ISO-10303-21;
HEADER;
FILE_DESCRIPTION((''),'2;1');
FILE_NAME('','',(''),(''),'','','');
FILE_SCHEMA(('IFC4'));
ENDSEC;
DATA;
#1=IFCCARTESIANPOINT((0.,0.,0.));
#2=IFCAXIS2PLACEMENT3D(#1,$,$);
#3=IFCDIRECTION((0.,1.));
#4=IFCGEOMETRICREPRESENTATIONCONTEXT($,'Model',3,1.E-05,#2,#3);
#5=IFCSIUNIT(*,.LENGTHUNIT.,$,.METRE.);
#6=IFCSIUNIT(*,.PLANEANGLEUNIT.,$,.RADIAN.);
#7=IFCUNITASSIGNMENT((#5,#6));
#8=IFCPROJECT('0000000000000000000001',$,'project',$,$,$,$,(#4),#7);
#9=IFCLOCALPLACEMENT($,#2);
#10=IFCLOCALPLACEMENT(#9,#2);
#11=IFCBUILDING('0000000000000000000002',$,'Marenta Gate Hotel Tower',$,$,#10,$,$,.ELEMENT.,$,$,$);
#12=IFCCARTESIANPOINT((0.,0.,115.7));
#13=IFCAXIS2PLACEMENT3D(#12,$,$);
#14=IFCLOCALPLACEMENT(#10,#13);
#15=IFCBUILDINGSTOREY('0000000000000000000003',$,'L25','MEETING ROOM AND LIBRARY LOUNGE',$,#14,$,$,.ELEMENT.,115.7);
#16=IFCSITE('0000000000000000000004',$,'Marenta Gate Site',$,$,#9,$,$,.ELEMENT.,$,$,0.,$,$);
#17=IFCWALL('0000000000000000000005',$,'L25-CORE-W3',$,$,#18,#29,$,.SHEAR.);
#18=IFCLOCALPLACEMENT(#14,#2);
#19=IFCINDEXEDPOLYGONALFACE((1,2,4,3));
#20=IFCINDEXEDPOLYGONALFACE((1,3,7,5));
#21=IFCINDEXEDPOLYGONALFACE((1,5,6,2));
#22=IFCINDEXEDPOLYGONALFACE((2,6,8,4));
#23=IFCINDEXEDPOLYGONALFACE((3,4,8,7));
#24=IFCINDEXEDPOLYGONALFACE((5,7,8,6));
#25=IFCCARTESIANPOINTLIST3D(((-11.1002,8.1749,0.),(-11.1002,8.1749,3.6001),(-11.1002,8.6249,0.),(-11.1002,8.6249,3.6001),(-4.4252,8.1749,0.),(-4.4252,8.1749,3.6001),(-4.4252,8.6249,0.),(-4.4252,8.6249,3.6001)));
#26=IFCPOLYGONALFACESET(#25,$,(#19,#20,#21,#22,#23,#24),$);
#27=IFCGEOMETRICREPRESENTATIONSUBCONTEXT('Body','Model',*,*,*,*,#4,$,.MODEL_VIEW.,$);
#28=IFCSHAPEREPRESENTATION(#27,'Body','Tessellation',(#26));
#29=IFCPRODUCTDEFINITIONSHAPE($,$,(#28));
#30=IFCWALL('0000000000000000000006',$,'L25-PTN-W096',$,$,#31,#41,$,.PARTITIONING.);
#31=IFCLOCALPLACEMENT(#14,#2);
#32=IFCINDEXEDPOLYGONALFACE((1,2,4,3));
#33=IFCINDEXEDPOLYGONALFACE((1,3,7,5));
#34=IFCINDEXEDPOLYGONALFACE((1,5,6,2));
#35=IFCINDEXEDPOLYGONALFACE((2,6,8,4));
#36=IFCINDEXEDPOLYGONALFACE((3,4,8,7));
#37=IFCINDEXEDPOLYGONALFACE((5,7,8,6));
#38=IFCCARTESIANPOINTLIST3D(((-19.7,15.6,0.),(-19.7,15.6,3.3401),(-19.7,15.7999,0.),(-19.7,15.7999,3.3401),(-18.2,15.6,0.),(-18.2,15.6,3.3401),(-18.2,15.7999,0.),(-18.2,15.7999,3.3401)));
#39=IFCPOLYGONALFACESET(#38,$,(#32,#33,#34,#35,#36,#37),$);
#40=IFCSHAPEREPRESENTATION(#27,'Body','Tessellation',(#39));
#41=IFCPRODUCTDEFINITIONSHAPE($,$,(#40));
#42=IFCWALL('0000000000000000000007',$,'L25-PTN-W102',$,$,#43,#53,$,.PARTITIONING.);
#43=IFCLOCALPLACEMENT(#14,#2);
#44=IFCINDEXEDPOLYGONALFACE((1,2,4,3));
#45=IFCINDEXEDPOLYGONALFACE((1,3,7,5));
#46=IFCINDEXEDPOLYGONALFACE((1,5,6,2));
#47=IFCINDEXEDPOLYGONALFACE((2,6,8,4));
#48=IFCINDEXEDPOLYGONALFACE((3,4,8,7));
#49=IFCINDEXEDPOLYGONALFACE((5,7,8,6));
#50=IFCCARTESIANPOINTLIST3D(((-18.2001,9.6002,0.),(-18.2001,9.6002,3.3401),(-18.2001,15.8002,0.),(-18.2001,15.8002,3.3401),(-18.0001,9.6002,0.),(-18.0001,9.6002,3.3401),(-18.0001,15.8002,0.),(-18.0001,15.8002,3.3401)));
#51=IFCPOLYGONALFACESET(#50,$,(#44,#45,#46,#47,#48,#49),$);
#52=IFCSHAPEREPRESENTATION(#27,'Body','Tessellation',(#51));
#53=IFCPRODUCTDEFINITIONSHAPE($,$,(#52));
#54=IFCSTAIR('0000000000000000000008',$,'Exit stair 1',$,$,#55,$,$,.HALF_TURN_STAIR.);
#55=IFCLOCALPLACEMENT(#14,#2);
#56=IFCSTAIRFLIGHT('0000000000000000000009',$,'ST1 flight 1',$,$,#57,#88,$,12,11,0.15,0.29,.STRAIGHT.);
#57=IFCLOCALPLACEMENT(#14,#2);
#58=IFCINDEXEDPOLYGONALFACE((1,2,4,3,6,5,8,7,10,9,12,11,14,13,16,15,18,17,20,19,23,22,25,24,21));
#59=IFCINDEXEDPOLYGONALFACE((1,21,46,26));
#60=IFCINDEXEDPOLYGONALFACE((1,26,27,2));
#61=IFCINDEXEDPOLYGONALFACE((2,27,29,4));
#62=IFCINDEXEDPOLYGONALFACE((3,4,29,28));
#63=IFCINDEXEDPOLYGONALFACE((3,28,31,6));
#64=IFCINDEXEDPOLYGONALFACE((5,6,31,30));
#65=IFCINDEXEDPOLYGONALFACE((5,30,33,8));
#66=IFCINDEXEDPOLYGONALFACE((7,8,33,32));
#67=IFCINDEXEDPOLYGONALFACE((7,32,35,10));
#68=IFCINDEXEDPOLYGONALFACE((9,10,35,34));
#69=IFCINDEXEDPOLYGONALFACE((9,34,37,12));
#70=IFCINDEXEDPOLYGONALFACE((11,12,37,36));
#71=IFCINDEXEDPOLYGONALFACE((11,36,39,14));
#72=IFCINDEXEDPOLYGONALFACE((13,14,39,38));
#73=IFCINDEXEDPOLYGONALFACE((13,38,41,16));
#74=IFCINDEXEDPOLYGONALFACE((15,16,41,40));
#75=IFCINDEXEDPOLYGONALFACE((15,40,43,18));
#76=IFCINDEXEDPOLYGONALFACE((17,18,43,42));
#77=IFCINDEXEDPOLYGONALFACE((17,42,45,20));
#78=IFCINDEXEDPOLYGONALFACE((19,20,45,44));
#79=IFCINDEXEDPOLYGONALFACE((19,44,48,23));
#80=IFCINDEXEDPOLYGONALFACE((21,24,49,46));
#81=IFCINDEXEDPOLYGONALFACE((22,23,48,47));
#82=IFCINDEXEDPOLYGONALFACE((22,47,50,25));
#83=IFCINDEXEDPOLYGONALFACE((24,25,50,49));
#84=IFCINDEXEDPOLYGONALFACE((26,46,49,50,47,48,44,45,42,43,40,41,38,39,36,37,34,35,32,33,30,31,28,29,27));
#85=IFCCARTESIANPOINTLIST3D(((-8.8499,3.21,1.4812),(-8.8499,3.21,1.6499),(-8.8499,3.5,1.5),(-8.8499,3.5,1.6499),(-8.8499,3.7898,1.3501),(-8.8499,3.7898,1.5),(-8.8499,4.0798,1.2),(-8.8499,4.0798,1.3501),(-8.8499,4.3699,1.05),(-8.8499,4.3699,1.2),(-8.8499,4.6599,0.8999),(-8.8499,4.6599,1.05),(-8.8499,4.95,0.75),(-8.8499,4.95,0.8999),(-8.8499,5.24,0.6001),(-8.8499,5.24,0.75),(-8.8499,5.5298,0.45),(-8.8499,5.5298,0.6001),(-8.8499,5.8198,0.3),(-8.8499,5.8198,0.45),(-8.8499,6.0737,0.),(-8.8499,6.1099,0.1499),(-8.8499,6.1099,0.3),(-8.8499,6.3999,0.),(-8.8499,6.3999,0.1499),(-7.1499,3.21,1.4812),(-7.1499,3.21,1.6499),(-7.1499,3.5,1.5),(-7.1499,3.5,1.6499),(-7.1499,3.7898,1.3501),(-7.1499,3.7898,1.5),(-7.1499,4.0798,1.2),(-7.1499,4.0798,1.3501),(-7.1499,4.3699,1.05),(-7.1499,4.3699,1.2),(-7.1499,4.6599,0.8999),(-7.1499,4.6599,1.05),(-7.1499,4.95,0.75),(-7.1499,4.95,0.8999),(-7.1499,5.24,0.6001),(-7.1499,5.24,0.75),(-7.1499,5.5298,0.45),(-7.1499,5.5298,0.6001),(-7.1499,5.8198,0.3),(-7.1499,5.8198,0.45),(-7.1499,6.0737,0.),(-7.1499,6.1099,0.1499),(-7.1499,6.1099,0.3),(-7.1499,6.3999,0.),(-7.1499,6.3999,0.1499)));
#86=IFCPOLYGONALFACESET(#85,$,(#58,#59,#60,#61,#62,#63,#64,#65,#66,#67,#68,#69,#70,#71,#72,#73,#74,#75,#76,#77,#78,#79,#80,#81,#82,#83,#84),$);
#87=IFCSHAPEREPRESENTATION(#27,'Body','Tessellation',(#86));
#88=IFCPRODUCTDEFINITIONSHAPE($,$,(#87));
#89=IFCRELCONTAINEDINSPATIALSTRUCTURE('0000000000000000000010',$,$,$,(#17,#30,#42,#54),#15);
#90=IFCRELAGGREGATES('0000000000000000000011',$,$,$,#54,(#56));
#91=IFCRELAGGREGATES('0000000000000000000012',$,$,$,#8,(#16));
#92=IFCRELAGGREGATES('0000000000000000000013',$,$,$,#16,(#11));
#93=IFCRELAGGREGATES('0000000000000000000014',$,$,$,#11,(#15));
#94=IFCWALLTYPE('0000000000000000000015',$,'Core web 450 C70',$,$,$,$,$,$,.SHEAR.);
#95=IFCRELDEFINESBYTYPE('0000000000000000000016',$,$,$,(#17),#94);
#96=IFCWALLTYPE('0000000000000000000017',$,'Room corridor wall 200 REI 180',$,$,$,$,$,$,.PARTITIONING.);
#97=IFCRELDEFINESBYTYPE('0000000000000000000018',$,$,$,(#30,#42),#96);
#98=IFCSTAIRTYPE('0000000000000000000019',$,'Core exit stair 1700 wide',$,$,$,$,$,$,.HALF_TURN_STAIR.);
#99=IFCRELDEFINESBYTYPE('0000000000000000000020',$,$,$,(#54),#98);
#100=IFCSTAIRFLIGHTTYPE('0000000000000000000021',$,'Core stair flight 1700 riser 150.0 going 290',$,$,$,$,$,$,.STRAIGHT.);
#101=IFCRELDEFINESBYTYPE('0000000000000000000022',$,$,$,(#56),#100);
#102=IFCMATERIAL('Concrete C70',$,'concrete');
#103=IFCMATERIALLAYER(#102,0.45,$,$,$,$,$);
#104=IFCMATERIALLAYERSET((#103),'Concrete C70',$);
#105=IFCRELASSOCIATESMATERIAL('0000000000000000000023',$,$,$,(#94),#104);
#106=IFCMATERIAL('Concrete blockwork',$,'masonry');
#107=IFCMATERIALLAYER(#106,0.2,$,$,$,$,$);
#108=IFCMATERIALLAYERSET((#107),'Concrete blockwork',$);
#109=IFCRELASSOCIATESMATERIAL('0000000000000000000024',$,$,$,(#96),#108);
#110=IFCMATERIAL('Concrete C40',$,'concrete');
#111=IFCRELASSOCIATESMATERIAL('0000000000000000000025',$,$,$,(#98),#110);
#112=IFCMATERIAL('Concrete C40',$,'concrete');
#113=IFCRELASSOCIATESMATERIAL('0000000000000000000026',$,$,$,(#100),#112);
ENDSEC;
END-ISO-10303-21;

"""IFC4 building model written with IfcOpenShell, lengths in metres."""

from ifc_helpers import new_model, si_unit, direction, frame, frame_2d, origin, place, context, subcontext, project, spatial, polyline, rectangle, outline, extrude, material, layer, layer_set, type_object, element, aggregate, save


model = new_model("IFC4")

# Units and contexts
model_context = context("Model", 3, precision=1e-05, world=origin(), true_north=direction((0.0, 1.0)))
body_context = subcontext(model_context, "Body", "Model", "MODEL_VIEW")
ifc_project = project(units=[si_unit("LENGTHUNIT", "METRE"), si_unit("PLANEANGLEUNIT", "RADIAN")], contexts=[model_context])

# Site, building, storey
site_placement = place(None, origin())
site = spatial("IfcSite", under=ifc_project, at=site_placement, Name="Marenta Gate Site", CompositionType="ELEMENT", RefElevation=0.0)
building_placement = place(site_placement, origin())
building = spatial("IfcBuilding", under=site, at=building_placement, Name="Marenta Gate Hotel Tower", CompositionType="ELEMENT")
storey_placement = place(building_placement, frame((0.0, 0.0, 115.7)))
storey = spatial("IfcBuildingStorey", under=building, at=storey_placement, Name="L25", Description="MEETING ROOM AND LIBRARY LOUNGE", CompositionType="ELEMENT", Elevation=115.7)

# Walls
ifc_material_1 = material(Name="Concrete C70", Category="concrete")
ifc_layer_1 = layer(ifc_material_1, 0.45)
ifc_layer_set_1 = layer_set([ifc_layer_1], Name="Concrete C70")
wall_type_1 = type_object("IfcWallType", Name="Core web 450 C70", PredefinedType="SHEAR", material=ifc_layer_set_1)
wall_1_placement = place(storey_placement, frame((-11.1001, 8.3999, 0.0), z_axis=(0.0, 0.0, 1.0), x_axis=(1.0, 0.0, 0.0)))
element("IfcWall", 1, at=wall_1_placement, inside=storey, type_object=wall_type_1, Name="L25-CORE-W3", PredefinedType="SHEAR", context=body_context, shape_type="SweptSolid", body=[
    extrude(rectangle(XDim=6.675, YDim=0.45, at=frame_2d((3.3374, 0.0))), origin(), (0.0, 0.0, 1.0), 3.6001),
])
ifc_material_2 = material(Name="Concrete blockwork", Category="masonry")
ifc_layer_2 = layer(ifc_material_2, 0.2)
ifc_layer_set_2 = layer_set([ifc_layer_2], Name="Concrete blockwork")
wall_type_2 = type_object("IfcWallType", Name="Room corridor wall 200 REI 180", PredefinedType="PARTITIONING", material=ifc_layer_set_2)
wall_2_placement = place(storey_placement, frame((-19.7, 15.7, 0.0), z_axis=(0.0, 0.0, 1.0), x_axis=(1.0, 0.0, 0.0)))
element("IfcWall", 2, at=wall_2_placement, inside=storey, type_object=wall_type_2, Name="L25-PTN-W096", PredefinedType="PARTITIONING", context=body_context, shape_type="SweptSolid", body=[
    extrude(rectangle(XDim=1.5, YDim=0.2, at=frame_2d((0.75, 0.0))), origin(), (0.0, 0.0, 1.0), 3.3401),
])
wall_3_placement = place(storey_placement, frame((-18.1001, 9.6001, 0.0), z_axis=(0.0, 0.0, 1.0), x_axis=(0.0, 1.0, 0.0)))
element("IfcWall", 3, at=wall_3_placement, inside=storey, type_object=wall_type_2, Name="L25-PTN-W102", PredefinedType="PARTITIONING", context=body_context, shape_type="SweptSolid", body=[
    extrude(rectangle(XDim=6.2, YDim=0.2, at=frame_2d((3.1001, 0.0))), origin(), (0.0, 0.0, 1.0), 3.3401),
])

# Stair, stair flight
ifc_material_3 = material(Name="Concrete C40", Category="concrete")
stair_type = type_object("IfcStairType", Name="Core exit stair 1700 wide", PredefinedType="HALF_TURN_STAIR", material=ifc_material_3)
stair_placement = place(storey_placement, origin())
stair = element("IfcStair", 4, at=stair_placement, inside=storey, type_object=stair_type, Name="Exit stair 1", PredefinedType="HALF_TURN_STAIR")
ifc_material_4 = material(Name="Concrete C40", Category="concrete")
stair_flight_type = type_object("IfcStairFlightType", Name="Core stair flight 1700 riser 150.0 going 290", PredefinedType="STRAIGHT", material=ifc_material_4)
stair_flight_placement = place(storey_placement, frame((-8.0, 6.3999, 0.0), z_axis=(0.0, 0.0, 1.0), x_axis=(0.0, -1.0, 0.0)))
stair_flight = element("IfcStairFlight", 5, at=stair_flight_placement, type_object=stair_flight_type, Name="ST1 flight 1", NumberOfRisers=12, NumberOfTreads=11, PredefinedType="STRAIGHT", RiserHeight=0.15, TreadLength=0.29, context=body_context, shape_type="SweptSolid", body=[
    extrude(outline(polyline([(0.0, 0.0), (0.0, 0.1499), (0.29, 0.1499), (0.29, 0.3), (0.5801, 0.3), (0.5801, 0.45), (0.8701, 0.45), (0.8701, 0.6001), (1.1599, 0.6001), (1.1599, 0.75), (1.45, 0.75), (1.45, 0.8999), (1.74, 0.8999), (1.74, 1.05), (2.03, 1.05), (2.03, 1.2), (2.3201, 1.2), (2.3201, 1.3501), (2.6101, 1.3501), (2.6101, 1.5), (2.8999, 1.5), (2.8999, 1.6499), (3.1899, 1.6499), (3.1899, 1.8), (3.1899, 1.4812), (0.3262, 0.0), (0.0, 0.0)])), frame((0.0, 0.8501, 0.0), z_axis=(0.0, -1.0, 0.0), x_axis=(1.0, 0.0, 0.0)), (0.0, 0.0, 1.0), 1.7),
])
aggregate(stair, [stair_flight])

save(model, "model.ifc")
